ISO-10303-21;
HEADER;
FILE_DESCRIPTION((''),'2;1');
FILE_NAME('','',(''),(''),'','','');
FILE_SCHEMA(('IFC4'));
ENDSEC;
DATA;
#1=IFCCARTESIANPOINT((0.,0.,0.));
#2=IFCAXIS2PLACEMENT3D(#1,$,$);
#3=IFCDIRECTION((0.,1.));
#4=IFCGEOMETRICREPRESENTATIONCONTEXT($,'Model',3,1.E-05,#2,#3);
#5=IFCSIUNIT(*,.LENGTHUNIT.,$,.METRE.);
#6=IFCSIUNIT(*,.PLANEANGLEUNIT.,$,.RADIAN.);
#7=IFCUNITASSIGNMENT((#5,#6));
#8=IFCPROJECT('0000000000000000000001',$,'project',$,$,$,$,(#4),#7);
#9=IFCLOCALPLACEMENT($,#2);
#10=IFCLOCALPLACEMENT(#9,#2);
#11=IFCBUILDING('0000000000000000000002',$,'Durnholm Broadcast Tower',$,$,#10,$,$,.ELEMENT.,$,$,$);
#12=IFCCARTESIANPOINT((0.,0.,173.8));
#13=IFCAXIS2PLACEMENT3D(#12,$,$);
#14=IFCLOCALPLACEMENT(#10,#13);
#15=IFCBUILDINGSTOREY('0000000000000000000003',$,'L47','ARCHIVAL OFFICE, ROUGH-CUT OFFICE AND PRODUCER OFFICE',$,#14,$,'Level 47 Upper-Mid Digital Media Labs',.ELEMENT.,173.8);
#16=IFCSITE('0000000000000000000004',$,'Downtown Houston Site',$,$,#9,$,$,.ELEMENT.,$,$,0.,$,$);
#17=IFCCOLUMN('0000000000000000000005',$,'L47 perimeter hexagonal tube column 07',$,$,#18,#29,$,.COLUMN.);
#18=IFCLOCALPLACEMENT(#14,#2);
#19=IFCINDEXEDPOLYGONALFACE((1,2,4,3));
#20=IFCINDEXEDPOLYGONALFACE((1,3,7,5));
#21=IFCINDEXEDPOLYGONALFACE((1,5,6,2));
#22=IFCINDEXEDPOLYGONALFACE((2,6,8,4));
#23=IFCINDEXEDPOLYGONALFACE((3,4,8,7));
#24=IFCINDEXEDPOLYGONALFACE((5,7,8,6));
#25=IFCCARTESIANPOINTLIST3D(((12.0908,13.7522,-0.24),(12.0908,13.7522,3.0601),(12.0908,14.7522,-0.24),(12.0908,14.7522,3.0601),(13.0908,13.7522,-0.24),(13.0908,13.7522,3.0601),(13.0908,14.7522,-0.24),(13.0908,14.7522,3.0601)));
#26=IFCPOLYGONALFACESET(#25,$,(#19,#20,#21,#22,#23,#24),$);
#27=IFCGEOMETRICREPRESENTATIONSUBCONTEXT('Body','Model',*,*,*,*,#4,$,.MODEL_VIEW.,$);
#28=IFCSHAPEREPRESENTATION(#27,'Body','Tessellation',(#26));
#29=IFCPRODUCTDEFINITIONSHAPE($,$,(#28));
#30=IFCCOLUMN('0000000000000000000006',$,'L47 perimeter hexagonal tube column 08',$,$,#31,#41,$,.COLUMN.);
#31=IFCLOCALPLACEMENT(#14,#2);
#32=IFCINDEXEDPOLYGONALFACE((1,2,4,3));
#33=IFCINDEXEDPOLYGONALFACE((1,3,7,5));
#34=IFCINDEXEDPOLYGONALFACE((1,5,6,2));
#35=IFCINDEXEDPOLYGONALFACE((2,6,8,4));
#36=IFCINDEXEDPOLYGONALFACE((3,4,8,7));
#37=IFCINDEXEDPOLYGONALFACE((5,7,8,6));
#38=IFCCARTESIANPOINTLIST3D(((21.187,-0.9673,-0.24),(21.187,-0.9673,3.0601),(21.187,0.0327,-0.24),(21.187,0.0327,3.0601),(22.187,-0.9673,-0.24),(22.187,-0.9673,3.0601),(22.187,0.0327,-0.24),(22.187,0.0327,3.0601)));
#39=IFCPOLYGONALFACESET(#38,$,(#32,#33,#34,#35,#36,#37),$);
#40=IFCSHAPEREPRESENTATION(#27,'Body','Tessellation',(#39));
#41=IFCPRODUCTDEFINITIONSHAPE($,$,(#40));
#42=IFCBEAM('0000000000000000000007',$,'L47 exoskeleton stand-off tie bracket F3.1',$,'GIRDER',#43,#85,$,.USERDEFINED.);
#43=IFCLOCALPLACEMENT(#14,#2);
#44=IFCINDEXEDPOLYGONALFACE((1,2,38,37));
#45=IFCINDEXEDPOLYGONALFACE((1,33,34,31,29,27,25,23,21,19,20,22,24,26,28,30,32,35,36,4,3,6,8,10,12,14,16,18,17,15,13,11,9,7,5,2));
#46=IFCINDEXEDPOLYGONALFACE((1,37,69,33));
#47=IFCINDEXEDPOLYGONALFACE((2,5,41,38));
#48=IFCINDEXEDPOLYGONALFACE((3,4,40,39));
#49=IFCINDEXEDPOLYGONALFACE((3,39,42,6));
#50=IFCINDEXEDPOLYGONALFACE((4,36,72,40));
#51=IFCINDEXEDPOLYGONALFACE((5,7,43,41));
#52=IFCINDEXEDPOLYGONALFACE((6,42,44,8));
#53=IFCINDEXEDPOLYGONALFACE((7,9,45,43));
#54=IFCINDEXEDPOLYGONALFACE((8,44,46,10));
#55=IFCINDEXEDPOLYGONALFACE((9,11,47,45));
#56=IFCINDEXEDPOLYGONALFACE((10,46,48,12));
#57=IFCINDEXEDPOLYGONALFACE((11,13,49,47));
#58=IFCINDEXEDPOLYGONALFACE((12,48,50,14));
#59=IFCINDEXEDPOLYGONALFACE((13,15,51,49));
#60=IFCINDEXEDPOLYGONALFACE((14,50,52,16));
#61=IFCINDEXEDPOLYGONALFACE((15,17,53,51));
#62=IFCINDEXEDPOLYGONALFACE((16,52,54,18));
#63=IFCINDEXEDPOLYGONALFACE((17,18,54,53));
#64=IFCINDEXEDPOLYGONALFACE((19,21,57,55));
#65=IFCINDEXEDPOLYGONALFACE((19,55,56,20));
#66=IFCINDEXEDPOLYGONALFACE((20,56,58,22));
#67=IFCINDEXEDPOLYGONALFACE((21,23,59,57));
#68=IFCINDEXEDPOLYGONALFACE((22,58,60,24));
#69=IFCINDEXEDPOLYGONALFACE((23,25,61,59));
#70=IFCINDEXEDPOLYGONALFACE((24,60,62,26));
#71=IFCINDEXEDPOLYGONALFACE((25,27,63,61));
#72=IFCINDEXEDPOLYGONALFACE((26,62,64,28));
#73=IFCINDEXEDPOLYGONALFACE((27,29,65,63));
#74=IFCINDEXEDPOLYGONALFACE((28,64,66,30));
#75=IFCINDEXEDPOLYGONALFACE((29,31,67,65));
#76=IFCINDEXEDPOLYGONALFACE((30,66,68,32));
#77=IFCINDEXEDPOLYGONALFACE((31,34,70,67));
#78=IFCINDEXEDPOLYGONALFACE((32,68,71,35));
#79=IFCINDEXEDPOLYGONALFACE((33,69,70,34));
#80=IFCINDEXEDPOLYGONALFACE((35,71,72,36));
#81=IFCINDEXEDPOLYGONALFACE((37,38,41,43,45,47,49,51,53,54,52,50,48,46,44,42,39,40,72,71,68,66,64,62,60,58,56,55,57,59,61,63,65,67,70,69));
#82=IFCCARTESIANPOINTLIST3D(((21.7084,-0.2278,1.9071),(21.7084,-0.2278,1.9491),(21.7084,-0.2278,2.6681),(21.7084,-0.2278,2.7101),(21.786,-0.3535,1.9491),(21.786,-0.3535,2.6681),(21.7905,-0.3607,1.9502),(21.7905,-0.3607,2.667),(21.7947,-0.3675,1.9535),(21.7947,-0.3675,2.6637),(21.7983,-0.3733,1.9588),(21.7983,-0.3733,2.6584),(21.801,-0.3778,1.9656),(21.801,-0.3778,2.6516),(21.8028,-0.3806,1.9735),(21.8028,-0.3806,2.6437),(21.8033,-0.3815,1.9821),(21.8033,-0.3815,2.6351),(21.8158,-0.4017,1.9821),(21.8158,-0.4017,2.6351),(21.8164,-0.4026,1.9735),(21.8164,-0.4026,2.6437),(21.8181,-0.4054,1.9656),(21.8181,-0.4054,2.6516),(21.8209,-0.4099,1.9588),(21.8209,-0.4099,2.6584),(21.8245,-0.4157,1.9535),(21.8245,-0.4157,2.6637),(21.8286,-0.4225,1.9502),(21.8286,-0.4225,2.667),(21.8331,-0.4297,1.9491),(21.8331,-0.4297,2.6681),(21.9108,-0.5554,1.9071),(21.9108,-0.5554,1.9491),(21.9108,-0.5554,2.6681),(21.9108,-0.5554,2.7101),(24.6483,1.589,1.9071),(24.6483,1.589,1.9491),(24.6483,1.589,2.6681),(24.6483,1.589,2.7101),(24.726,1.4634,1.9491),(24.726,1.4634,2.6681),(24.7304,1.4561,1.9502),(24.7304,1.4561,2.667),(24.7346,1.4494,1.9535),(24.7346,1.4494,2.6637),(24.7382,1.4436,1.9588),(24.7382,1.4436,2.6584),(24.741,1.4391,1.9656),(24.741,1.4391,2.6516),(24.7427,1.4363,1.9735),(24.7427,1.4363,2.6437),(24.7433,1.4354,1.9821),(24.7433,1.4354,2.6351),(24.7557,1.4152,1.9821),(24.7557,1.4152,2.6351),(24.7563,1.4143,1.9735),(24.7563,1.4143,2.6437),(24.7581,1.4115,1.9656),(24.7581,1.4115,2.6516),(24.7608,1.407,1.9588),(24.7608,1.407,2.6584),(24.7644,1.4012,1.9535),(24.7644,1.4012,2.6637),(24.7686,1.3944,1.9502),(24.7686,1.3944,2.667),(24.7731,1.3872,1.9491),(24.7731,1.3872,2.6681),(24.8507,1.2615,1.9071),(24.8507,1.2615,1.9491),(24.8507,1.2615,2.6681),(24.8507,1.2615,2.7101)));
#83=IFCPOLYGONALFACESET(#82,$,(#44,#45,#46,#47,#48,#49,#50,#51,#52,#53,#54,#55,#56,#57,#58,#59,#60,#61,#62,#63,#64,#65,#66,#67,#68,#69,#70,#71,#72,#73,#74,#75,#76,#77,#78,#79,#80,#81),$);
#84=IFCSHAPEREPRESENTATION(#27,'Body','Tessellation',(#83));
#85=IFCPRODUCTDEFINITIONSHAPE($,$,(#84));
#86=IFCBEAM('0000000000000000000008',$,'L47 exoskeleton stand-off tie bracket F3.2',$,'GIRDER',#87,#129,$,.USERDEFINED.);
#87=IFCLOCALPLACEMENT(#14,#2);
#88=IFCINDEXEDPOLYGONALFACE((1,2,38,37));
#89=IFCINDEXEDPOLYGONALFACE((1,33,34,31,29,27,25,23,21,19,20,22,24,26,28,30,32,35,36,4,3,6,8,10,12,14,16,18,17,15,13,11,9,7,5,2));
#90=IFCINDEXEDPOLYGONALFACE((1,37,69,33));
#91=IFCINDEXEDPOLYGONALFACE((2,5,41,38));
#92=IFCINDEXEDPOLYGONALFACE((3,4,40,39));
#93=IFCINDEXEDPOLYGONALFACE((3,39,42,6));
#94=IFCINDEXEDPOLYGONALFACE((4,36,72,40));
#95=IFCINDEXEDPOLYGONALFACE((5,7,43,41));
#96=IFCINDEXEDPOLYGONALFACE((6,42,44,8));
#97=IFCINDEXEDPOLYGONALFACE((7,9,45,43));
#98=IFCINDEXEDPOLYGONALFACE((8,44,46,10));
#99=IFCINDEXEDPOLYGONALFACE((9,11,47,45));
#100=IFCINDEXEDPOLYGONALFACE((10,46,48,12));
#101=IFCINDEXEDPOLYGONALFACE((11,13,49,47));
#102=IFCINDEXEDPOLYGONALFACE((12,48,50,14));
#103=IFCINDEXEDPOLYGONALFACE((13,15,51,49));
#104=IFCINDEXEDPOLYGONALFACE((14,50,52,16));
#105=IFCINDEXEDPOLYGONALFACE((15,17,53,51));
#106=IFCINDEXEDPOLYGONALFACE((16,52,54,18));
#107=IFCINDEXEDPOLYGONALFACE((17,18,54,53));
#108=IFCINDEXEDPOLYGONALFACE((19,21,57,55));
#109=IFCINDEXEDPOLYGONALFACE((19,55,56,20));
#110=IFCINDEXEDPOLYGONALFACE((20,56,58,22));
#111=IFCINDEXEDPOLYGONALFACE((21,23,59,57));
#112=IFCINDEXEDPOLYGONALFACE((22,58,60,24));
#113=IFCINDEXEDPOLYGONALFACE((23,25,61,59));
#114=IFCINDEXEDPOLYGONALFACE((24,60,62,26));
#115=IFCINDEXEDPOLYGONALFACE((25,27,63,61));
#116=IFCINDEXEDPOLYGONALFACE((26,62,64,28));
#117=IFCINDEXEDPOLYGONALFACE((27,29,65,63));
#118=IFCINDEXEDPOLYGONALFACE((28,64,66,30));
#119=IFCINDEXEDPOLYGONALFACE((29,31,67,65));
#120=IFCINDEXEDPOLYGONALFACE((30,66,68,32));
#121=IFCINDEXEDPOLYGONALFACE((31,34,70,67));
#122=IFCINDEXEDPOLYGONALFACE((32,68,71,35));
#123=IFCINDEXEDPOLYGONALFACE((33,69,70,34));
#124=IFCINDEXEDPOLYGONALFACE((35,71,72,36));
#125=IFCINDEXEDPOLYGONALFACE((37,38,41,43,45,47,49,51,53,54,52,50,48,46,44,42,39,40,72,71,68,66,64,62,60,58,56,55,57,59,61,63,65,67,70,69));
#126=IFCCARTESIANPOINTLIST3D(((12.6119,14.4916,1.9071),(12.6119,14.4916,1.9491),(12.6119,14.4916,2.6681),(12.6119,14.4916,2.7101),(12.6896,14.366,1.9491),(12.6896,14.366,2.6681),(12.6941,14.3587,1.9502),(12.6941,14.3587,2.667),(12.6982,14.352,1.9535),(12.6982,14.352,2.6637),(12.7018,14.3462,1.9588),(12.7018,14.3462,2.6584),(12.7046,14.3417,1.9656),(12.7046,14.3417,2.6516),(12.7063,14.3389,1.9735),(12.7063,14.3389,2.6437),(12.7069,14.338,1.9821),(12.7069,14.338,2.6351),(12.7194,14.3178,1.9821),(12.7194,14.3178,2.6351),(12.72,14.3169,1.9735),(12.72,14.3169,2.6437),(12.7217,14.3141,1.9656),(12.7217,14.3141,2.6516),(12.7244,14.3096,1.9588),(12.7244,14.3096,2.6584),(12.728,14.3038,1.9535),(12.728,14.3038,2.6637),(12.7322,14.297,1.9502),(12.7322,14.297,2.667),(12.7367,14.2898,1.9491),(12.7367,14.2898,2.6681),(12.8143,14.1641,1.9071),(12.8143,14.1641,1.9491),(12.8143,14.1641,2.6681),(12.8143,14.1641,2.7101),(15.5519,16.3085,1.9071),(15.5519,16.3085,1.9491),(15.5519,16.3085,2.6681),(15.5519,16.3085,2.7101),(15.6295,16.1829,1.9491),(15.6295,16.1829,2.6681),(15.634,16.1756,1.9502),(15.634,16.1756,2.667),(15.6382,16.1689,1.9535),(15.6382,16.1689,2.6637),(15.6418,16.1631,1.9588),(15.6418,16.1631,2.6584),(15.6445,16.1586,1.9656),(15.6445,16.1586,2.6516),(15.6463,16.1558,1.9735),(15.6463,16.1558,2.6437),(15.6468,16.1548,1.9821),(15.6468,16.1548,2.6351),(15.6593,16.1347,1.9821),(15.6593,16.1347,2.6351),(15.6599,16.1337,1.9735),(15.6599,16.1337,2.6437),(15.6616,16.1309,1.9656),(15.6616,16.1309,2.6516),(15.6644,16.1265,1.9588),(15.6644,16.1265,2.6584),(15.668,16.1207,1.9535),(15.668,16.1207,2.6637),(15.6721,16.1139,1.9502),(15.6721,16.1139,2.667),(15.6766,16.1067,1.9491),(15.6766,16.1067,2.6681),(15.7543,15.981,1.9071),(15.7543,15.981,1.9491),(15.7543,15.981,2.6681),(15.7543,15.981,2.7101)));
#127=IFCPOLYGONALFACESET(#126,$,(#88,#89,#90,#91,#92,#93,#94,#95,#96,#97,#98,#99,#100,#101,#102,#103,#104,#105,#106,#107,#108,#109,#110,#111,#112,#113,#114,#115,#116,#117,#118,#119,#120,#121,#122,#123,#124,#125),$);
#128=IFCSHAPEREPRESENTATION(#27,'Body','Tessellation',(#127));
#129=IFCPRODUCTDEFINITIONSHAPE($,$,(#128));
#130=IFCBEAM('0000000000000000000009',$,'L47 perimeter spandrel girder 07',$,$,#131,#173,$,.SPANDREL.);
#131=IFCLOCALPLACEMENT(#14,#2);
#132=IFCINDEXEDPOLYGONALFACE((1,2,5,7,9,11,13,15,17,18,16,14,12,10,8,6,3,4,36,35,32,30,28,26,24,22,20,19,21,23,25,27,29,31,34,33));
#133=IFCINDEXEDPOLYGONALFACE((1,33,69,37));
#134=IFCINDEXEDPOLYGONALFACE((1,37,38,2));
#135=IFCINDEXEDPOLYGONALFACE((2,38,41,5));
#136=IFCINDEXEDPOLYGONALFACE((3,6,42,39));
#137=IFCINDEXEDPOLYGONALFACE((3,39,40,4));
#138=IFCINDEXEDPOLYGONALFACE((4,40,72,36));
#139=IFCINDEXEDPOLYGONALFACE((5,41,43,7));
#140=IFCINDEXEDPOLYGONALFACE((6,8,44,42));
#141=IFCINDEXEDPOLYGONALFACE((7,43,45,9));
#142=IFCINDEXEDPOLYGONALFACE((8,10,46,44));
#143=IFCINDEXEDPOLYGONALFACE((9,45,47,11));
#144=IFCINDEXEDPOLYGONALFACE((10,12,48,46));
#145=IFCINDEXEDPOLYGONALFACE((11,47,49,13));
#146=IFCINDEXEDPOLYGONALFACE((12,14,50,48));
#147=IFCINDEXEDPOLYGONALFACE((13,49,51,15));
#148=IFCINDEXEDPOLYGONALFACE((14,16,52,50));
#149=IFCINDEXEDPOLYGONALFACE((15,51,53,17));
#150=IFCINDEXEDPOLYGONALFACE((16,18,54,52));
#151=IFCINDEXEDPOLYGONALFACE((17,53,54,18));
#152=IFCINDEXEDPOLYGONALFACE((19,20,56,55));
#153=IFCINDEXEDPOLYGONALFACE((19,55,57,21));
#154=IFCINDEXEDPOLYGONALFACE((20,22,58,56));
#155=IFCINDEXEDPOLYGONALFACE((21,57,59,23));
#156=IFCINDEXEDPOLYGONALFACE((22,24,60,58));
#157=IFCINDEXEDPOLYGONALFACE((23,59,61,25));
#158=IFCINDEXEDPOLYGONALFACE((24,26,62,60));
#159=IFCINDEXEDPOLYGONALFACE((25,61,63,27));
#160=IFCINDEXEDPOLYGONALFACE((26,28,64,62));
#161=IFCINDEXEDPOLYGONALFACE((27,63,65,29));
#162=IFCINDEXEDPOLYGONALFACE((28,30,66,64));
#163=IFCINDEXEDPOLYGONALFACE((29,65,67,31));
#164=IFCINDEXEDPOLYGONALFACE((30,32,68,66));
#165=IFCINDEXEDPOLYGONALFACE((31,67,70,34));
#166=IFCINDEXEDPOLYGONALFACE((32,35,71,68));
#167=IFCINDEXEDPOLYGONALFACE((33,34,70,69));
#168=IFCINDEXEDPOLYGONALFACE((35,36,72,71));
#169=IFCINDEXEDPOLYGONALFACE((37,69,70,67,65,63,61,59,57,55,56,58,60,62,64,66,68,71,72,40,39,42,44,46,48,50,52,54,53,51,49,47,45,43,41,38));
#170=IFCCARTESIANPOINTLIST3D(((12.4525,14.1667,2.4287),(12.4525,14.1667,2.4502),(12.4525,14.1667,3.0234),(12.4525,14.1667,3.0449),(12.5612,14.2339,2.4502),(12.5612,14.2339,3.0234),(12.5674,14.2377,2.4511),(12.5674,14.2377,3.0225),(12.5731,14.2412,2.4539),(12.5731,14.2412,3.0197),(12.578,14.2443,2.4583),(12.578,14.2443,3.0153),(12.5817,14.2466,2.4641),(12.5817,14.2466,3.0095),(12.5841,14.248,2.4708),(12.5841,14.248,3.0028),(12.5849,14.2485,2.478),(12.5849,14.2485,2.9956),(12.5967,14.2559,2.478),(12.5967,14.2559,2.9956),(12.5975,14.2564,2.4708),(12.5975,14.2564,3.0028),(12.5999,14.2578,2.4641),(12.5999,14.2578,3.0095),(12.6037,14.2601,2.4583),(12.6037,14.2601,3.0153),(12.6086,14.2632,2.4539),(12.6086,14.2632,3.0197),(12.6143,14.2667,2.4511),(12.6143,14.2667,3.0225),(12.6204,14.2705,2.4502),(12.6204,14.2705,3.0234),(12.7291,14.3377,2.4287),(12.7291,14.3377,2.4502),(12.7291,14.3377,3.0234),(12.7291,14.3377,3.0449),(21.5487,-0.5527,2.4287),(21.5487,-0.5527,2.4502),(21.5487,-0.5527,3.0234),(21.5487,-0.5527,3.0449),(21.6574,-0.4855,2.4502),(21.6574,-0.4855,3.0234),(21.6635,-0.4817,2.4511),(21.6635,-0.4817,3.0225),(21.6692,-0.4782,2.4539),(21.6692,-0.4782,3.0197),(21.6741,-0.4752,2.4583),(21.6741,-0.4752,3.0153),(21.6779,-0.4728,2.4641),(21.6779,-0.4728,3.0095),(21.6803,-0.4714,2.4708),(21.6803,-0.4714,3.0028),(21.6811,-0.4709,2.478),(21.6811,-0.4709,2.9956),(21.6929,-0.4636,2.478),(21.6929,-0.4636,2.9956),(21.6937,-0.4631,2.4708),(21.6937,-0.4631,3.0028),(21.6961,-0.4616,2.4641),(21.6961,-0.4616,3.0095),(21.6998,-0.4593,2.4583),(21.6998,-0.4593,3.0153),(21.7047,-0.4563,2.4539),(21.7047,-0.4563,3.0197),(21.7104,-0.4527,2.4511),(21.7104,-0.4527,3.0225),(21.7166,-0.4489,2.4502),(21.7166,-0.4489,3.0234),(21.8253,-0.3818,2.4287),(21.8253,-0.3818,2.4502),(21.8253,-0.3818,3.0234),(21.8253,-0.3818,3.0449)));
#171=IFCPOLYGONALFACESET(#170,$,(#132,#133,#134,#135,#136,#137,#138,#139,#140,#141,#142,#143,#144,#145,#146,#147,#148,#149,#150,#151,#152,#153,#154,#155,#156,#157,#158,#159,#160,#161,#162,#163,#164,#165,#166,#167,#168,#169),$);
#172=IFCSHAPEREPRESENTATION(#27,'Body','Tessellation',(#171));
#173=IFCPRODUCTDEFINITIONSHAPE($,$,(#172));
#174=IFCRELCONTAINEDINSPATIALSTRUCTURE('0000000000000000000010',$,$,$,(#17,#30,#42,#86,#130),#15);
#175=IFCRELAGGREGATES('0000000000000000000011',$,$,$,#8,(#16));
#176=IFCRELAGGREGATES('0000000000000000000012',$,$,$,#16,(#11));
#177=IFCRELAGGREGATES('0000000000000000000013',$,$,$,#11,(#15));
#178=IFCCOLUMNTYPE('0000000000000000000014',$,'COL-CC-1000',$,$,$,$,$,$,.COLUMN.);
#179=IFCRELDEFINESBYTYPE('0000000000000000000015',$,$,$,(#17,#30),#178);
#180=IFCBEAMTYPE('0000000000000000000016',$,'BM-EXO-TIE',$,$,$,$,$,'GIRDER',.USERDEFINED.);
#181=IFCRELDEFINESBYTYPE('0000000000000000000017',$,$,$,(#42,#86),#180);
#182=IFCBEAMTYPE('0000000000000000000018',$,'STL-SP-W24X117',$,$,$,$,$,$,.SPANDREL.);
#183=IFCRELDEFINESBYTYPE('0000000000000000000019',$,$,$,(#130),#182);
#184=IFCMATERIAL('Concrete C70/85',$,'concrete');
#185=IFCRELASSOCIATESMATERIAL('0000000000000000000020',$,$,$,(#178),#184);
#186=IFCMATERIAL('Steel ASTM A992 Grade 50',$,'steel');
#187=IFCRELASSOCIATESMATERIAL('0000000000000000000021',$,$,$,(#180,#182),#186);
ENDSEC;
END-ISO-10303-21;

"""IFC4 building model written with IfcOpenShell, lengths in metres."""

from ifc_helpers import new_model, si_unit, direction, frame, origin, origin_2d, place, context, subcontext, project, spatial, rectangle, i_section, extrude, source, transform, mapped, material, material_profile, profile_set, type_object, type_shapes, element, save


model = new_model("IFC4")

# Units and contexts
model_context = context("Model", 3, precision=1e-05, world=origin(), true_north=direction((0.0, 1.0)))
body_context = subcontext(model_context, "Body", "Model", "MODEL_VIEW")
ifc_project = project(units=[si_unit("LENGTHUNIT", "METRE"), si_unit("PLANEANGLEUNIT", "RADIAN")], contexts=[model_context])

# Site, building, storey
site_placement = place(None, origin())
site = spatial("IfcSite", under=ifc_project, at=site_placement, Name="Downtown Houston Site", CompositionType="ELEMENT", RefElevation=0.0)
building_placement = place(site_placement, origin())
building = spatial("IfcBuilding", under=site, at=building_placement, Name="Durnholm Broadcast Tower", CompositionType="ELEMENT")
storey_placement = place(building_placement, frame((0.0, 0.0, 173.8)))
storey = spatial("IfcBuildingStorey", under=building, at=storey_placement, Name="L47", Description="ARCHIVAL OFFICE, ROUGH-CUT OFFICE AND PRODUCER OFFICE", LongName="Level 47 Upper-Mid Digital Media Labs", CompositionType="ELEMENT", Elevation=173.8)

# Columns
ifc_material_1 = material(Name="Concrete C70/85", Category="concrete")
ifc_material_profile_1 = material_profile(ifc_material_1, rectangle(XDim=1.0, YDim=1.0, at=origin_2d()), Name="RC1000X1000")
ifc_profile_set_1 = profile_set([ifc_material_profile_1], Name="Concrete C70/85")
column_type = type_object("IfcColumnType", Name="COL-CC-1000", PredefinedType="COLUMN", material=ifc_profile_set_1)
shared_shape_1 = source(origin(), body_context, "Body", "SweptSolid", [
    extrude(rectangle(XDim=1.0, YDim=1.0, at=origin_2d()), origin(), (0.0, 0.0, 1.0), 3.3),
])
type_shapes(column_type, [shared_shape_1])
for number, where, z_axis, x_axis, name in (
    (1, (12.5908, 14.2522, -0.24), (0.0, 0.0, 1.0), (1.0, 0.0, 0.0), "L47 perimeter hexagonal tube column 07"),
    (2, (21.687, -0.4673, -0.24), (0.0, 0.0, 1.0), (1.0, 0.0, 0.0), "L47 perimeter hexagonal tube column 08"),
):
    element("IfcColumn", number, at=place(storey_placement, frame(where, z_axis=z_axis, x_axis=x_axis)), inside=storey, type_object=column_type, Name=name, PredefinedType="COLUMN", context=body_context, shape_type="MappedRepresentation", body=[
        mapped(shared_shape_1, transform((0.0, 0.0, 0.0), x_axis=(1.0, 0.0, 0.0), y_axis=(0.0, 1.0, 0.0), z_axis=(0.0, 0.0, 1.0), scale=1.0)),
    ])

# Beams
ifc_material_2 = material(Name="Steel ASTM A992 Grade 50", Category="steel")
ifc_material_profile_2 = material_profile(ifc_material_2, i_section(OverallWidth=0.385, OverallDepth=0.803, WebThickness=0.0237, FlangeThickness=0.042, FilletRadius=0.033, at=origin_2d()), Name="W30X261")
ifc_profile_set_2 = profile_set([ifc_material_profile_2], Name="Steel ASTM A992 Grade 50")
beam_type_1 = type_object("IfcBeamType", Name="BM-EXO-TIE", ElementType="GIRDER", PredefinedType="USERDEFINED", material=ifc_profile_set_2)
shared_shape_2 = source(origin(), body_context, "Body", "SweptSolid", [
    extrude(i_section(OverallWidth=0.385, OverallDepth=0.803, WebThickness=0.0237, FlangeThickness=0.042, FilletRadius=0.033, at=origin_2d()), origin(), (0.0, 0.0, 1.0), 3.4561),
])
for number, where, z_axis, x_axis, name in (
    (3, (21.8096, -0.3916, 2.3086), (0.850662, 0.525712, 0.0), (-0.525712, 0.850662, 0.0), "L47 exoskeleton stand-off tie bracket F3.1"),
    (4, (12.7131, 14.3279, 2.3086), (0.850662, 0.525712, 0.0), (-0.525712, 0.850662, 0.0), "L47 exoskeleton stand-off tie bracket F3.2"),
):
    element("IfcBeam", number, at=place(storey_placement, frame(where, z_axis=z_axis, x_axis=x_axis)), inside=storey, type_object=beam_type_1, Name=name, ObjectType="GIRDER", PredefinedType="USERDEFINED", context=body_context, shape_type="MappedRepresentation", body=[
        mapped(shared_shape_2, transform((0.0, 0.0, 0.0), x_axis=(1.0, 0.0, 0.0), y_axis=(0.0, 1.0, 0.0), z_axis=(0.0, 0.0, 1.0), scale=1.0)),
    ])
ifc_material_profile_3 = material_profile(ifc_material_2, i_section(OverallWidth=0.3252, OverallDepth=0.6162, WebThickness=0.0139, FlangeThickness=0.0215, FilletRadius=0.0278, at=origin_2d()), Name="W24X117")
ifc_profile_set_3 = profile_set([ifc_material_profile_3], Name="Steel ASTM A992 Grade 50")
beam_type_2 = type_object("IfcBeamType", Name="STL-SP-W24X117", PredefinedType="SPANDREL", material=ifc_profile_set_3)
shared_shape_3 = source(origin(), body_context, "Body", "SweptSolid", [
    extrude(i_section(OverallWidth=0.3252, OverallDepth=0.6162, WebThickness=0.0139, FlangeThickness=0.0215, FilletRadius=0.0278, at=origin_2d()), origin(), (0.0, 0.0, 1.0), 17.3032),
])
beam_1_placement = place(storey_placement, frame((12.5908, 14.2522, 2.7368), z_axis=(0.525691, -0.850675, 0.0), x_axis=(0.850675, 0.525691, 0.0)))
element("IfcBeam", 5, at=beam_1_placement, inside=storey, type_object=beam_type_2, Name="L47 perimeter spandrel girder 07", PredefinedType="SPANDREL", context=body_context, shape_type="MappedRepresentation", body=[
    mapped(shared_shape_3, transform((0.0, 0.0, 0.0), x_axis=(1.0, 0.0, 0.0), y_axis=(0.0, 1.0, 0.0), z_axis=(0.0, 0.0, 1.0), scale=1.0)),
])

save(model, "model.ifc")
